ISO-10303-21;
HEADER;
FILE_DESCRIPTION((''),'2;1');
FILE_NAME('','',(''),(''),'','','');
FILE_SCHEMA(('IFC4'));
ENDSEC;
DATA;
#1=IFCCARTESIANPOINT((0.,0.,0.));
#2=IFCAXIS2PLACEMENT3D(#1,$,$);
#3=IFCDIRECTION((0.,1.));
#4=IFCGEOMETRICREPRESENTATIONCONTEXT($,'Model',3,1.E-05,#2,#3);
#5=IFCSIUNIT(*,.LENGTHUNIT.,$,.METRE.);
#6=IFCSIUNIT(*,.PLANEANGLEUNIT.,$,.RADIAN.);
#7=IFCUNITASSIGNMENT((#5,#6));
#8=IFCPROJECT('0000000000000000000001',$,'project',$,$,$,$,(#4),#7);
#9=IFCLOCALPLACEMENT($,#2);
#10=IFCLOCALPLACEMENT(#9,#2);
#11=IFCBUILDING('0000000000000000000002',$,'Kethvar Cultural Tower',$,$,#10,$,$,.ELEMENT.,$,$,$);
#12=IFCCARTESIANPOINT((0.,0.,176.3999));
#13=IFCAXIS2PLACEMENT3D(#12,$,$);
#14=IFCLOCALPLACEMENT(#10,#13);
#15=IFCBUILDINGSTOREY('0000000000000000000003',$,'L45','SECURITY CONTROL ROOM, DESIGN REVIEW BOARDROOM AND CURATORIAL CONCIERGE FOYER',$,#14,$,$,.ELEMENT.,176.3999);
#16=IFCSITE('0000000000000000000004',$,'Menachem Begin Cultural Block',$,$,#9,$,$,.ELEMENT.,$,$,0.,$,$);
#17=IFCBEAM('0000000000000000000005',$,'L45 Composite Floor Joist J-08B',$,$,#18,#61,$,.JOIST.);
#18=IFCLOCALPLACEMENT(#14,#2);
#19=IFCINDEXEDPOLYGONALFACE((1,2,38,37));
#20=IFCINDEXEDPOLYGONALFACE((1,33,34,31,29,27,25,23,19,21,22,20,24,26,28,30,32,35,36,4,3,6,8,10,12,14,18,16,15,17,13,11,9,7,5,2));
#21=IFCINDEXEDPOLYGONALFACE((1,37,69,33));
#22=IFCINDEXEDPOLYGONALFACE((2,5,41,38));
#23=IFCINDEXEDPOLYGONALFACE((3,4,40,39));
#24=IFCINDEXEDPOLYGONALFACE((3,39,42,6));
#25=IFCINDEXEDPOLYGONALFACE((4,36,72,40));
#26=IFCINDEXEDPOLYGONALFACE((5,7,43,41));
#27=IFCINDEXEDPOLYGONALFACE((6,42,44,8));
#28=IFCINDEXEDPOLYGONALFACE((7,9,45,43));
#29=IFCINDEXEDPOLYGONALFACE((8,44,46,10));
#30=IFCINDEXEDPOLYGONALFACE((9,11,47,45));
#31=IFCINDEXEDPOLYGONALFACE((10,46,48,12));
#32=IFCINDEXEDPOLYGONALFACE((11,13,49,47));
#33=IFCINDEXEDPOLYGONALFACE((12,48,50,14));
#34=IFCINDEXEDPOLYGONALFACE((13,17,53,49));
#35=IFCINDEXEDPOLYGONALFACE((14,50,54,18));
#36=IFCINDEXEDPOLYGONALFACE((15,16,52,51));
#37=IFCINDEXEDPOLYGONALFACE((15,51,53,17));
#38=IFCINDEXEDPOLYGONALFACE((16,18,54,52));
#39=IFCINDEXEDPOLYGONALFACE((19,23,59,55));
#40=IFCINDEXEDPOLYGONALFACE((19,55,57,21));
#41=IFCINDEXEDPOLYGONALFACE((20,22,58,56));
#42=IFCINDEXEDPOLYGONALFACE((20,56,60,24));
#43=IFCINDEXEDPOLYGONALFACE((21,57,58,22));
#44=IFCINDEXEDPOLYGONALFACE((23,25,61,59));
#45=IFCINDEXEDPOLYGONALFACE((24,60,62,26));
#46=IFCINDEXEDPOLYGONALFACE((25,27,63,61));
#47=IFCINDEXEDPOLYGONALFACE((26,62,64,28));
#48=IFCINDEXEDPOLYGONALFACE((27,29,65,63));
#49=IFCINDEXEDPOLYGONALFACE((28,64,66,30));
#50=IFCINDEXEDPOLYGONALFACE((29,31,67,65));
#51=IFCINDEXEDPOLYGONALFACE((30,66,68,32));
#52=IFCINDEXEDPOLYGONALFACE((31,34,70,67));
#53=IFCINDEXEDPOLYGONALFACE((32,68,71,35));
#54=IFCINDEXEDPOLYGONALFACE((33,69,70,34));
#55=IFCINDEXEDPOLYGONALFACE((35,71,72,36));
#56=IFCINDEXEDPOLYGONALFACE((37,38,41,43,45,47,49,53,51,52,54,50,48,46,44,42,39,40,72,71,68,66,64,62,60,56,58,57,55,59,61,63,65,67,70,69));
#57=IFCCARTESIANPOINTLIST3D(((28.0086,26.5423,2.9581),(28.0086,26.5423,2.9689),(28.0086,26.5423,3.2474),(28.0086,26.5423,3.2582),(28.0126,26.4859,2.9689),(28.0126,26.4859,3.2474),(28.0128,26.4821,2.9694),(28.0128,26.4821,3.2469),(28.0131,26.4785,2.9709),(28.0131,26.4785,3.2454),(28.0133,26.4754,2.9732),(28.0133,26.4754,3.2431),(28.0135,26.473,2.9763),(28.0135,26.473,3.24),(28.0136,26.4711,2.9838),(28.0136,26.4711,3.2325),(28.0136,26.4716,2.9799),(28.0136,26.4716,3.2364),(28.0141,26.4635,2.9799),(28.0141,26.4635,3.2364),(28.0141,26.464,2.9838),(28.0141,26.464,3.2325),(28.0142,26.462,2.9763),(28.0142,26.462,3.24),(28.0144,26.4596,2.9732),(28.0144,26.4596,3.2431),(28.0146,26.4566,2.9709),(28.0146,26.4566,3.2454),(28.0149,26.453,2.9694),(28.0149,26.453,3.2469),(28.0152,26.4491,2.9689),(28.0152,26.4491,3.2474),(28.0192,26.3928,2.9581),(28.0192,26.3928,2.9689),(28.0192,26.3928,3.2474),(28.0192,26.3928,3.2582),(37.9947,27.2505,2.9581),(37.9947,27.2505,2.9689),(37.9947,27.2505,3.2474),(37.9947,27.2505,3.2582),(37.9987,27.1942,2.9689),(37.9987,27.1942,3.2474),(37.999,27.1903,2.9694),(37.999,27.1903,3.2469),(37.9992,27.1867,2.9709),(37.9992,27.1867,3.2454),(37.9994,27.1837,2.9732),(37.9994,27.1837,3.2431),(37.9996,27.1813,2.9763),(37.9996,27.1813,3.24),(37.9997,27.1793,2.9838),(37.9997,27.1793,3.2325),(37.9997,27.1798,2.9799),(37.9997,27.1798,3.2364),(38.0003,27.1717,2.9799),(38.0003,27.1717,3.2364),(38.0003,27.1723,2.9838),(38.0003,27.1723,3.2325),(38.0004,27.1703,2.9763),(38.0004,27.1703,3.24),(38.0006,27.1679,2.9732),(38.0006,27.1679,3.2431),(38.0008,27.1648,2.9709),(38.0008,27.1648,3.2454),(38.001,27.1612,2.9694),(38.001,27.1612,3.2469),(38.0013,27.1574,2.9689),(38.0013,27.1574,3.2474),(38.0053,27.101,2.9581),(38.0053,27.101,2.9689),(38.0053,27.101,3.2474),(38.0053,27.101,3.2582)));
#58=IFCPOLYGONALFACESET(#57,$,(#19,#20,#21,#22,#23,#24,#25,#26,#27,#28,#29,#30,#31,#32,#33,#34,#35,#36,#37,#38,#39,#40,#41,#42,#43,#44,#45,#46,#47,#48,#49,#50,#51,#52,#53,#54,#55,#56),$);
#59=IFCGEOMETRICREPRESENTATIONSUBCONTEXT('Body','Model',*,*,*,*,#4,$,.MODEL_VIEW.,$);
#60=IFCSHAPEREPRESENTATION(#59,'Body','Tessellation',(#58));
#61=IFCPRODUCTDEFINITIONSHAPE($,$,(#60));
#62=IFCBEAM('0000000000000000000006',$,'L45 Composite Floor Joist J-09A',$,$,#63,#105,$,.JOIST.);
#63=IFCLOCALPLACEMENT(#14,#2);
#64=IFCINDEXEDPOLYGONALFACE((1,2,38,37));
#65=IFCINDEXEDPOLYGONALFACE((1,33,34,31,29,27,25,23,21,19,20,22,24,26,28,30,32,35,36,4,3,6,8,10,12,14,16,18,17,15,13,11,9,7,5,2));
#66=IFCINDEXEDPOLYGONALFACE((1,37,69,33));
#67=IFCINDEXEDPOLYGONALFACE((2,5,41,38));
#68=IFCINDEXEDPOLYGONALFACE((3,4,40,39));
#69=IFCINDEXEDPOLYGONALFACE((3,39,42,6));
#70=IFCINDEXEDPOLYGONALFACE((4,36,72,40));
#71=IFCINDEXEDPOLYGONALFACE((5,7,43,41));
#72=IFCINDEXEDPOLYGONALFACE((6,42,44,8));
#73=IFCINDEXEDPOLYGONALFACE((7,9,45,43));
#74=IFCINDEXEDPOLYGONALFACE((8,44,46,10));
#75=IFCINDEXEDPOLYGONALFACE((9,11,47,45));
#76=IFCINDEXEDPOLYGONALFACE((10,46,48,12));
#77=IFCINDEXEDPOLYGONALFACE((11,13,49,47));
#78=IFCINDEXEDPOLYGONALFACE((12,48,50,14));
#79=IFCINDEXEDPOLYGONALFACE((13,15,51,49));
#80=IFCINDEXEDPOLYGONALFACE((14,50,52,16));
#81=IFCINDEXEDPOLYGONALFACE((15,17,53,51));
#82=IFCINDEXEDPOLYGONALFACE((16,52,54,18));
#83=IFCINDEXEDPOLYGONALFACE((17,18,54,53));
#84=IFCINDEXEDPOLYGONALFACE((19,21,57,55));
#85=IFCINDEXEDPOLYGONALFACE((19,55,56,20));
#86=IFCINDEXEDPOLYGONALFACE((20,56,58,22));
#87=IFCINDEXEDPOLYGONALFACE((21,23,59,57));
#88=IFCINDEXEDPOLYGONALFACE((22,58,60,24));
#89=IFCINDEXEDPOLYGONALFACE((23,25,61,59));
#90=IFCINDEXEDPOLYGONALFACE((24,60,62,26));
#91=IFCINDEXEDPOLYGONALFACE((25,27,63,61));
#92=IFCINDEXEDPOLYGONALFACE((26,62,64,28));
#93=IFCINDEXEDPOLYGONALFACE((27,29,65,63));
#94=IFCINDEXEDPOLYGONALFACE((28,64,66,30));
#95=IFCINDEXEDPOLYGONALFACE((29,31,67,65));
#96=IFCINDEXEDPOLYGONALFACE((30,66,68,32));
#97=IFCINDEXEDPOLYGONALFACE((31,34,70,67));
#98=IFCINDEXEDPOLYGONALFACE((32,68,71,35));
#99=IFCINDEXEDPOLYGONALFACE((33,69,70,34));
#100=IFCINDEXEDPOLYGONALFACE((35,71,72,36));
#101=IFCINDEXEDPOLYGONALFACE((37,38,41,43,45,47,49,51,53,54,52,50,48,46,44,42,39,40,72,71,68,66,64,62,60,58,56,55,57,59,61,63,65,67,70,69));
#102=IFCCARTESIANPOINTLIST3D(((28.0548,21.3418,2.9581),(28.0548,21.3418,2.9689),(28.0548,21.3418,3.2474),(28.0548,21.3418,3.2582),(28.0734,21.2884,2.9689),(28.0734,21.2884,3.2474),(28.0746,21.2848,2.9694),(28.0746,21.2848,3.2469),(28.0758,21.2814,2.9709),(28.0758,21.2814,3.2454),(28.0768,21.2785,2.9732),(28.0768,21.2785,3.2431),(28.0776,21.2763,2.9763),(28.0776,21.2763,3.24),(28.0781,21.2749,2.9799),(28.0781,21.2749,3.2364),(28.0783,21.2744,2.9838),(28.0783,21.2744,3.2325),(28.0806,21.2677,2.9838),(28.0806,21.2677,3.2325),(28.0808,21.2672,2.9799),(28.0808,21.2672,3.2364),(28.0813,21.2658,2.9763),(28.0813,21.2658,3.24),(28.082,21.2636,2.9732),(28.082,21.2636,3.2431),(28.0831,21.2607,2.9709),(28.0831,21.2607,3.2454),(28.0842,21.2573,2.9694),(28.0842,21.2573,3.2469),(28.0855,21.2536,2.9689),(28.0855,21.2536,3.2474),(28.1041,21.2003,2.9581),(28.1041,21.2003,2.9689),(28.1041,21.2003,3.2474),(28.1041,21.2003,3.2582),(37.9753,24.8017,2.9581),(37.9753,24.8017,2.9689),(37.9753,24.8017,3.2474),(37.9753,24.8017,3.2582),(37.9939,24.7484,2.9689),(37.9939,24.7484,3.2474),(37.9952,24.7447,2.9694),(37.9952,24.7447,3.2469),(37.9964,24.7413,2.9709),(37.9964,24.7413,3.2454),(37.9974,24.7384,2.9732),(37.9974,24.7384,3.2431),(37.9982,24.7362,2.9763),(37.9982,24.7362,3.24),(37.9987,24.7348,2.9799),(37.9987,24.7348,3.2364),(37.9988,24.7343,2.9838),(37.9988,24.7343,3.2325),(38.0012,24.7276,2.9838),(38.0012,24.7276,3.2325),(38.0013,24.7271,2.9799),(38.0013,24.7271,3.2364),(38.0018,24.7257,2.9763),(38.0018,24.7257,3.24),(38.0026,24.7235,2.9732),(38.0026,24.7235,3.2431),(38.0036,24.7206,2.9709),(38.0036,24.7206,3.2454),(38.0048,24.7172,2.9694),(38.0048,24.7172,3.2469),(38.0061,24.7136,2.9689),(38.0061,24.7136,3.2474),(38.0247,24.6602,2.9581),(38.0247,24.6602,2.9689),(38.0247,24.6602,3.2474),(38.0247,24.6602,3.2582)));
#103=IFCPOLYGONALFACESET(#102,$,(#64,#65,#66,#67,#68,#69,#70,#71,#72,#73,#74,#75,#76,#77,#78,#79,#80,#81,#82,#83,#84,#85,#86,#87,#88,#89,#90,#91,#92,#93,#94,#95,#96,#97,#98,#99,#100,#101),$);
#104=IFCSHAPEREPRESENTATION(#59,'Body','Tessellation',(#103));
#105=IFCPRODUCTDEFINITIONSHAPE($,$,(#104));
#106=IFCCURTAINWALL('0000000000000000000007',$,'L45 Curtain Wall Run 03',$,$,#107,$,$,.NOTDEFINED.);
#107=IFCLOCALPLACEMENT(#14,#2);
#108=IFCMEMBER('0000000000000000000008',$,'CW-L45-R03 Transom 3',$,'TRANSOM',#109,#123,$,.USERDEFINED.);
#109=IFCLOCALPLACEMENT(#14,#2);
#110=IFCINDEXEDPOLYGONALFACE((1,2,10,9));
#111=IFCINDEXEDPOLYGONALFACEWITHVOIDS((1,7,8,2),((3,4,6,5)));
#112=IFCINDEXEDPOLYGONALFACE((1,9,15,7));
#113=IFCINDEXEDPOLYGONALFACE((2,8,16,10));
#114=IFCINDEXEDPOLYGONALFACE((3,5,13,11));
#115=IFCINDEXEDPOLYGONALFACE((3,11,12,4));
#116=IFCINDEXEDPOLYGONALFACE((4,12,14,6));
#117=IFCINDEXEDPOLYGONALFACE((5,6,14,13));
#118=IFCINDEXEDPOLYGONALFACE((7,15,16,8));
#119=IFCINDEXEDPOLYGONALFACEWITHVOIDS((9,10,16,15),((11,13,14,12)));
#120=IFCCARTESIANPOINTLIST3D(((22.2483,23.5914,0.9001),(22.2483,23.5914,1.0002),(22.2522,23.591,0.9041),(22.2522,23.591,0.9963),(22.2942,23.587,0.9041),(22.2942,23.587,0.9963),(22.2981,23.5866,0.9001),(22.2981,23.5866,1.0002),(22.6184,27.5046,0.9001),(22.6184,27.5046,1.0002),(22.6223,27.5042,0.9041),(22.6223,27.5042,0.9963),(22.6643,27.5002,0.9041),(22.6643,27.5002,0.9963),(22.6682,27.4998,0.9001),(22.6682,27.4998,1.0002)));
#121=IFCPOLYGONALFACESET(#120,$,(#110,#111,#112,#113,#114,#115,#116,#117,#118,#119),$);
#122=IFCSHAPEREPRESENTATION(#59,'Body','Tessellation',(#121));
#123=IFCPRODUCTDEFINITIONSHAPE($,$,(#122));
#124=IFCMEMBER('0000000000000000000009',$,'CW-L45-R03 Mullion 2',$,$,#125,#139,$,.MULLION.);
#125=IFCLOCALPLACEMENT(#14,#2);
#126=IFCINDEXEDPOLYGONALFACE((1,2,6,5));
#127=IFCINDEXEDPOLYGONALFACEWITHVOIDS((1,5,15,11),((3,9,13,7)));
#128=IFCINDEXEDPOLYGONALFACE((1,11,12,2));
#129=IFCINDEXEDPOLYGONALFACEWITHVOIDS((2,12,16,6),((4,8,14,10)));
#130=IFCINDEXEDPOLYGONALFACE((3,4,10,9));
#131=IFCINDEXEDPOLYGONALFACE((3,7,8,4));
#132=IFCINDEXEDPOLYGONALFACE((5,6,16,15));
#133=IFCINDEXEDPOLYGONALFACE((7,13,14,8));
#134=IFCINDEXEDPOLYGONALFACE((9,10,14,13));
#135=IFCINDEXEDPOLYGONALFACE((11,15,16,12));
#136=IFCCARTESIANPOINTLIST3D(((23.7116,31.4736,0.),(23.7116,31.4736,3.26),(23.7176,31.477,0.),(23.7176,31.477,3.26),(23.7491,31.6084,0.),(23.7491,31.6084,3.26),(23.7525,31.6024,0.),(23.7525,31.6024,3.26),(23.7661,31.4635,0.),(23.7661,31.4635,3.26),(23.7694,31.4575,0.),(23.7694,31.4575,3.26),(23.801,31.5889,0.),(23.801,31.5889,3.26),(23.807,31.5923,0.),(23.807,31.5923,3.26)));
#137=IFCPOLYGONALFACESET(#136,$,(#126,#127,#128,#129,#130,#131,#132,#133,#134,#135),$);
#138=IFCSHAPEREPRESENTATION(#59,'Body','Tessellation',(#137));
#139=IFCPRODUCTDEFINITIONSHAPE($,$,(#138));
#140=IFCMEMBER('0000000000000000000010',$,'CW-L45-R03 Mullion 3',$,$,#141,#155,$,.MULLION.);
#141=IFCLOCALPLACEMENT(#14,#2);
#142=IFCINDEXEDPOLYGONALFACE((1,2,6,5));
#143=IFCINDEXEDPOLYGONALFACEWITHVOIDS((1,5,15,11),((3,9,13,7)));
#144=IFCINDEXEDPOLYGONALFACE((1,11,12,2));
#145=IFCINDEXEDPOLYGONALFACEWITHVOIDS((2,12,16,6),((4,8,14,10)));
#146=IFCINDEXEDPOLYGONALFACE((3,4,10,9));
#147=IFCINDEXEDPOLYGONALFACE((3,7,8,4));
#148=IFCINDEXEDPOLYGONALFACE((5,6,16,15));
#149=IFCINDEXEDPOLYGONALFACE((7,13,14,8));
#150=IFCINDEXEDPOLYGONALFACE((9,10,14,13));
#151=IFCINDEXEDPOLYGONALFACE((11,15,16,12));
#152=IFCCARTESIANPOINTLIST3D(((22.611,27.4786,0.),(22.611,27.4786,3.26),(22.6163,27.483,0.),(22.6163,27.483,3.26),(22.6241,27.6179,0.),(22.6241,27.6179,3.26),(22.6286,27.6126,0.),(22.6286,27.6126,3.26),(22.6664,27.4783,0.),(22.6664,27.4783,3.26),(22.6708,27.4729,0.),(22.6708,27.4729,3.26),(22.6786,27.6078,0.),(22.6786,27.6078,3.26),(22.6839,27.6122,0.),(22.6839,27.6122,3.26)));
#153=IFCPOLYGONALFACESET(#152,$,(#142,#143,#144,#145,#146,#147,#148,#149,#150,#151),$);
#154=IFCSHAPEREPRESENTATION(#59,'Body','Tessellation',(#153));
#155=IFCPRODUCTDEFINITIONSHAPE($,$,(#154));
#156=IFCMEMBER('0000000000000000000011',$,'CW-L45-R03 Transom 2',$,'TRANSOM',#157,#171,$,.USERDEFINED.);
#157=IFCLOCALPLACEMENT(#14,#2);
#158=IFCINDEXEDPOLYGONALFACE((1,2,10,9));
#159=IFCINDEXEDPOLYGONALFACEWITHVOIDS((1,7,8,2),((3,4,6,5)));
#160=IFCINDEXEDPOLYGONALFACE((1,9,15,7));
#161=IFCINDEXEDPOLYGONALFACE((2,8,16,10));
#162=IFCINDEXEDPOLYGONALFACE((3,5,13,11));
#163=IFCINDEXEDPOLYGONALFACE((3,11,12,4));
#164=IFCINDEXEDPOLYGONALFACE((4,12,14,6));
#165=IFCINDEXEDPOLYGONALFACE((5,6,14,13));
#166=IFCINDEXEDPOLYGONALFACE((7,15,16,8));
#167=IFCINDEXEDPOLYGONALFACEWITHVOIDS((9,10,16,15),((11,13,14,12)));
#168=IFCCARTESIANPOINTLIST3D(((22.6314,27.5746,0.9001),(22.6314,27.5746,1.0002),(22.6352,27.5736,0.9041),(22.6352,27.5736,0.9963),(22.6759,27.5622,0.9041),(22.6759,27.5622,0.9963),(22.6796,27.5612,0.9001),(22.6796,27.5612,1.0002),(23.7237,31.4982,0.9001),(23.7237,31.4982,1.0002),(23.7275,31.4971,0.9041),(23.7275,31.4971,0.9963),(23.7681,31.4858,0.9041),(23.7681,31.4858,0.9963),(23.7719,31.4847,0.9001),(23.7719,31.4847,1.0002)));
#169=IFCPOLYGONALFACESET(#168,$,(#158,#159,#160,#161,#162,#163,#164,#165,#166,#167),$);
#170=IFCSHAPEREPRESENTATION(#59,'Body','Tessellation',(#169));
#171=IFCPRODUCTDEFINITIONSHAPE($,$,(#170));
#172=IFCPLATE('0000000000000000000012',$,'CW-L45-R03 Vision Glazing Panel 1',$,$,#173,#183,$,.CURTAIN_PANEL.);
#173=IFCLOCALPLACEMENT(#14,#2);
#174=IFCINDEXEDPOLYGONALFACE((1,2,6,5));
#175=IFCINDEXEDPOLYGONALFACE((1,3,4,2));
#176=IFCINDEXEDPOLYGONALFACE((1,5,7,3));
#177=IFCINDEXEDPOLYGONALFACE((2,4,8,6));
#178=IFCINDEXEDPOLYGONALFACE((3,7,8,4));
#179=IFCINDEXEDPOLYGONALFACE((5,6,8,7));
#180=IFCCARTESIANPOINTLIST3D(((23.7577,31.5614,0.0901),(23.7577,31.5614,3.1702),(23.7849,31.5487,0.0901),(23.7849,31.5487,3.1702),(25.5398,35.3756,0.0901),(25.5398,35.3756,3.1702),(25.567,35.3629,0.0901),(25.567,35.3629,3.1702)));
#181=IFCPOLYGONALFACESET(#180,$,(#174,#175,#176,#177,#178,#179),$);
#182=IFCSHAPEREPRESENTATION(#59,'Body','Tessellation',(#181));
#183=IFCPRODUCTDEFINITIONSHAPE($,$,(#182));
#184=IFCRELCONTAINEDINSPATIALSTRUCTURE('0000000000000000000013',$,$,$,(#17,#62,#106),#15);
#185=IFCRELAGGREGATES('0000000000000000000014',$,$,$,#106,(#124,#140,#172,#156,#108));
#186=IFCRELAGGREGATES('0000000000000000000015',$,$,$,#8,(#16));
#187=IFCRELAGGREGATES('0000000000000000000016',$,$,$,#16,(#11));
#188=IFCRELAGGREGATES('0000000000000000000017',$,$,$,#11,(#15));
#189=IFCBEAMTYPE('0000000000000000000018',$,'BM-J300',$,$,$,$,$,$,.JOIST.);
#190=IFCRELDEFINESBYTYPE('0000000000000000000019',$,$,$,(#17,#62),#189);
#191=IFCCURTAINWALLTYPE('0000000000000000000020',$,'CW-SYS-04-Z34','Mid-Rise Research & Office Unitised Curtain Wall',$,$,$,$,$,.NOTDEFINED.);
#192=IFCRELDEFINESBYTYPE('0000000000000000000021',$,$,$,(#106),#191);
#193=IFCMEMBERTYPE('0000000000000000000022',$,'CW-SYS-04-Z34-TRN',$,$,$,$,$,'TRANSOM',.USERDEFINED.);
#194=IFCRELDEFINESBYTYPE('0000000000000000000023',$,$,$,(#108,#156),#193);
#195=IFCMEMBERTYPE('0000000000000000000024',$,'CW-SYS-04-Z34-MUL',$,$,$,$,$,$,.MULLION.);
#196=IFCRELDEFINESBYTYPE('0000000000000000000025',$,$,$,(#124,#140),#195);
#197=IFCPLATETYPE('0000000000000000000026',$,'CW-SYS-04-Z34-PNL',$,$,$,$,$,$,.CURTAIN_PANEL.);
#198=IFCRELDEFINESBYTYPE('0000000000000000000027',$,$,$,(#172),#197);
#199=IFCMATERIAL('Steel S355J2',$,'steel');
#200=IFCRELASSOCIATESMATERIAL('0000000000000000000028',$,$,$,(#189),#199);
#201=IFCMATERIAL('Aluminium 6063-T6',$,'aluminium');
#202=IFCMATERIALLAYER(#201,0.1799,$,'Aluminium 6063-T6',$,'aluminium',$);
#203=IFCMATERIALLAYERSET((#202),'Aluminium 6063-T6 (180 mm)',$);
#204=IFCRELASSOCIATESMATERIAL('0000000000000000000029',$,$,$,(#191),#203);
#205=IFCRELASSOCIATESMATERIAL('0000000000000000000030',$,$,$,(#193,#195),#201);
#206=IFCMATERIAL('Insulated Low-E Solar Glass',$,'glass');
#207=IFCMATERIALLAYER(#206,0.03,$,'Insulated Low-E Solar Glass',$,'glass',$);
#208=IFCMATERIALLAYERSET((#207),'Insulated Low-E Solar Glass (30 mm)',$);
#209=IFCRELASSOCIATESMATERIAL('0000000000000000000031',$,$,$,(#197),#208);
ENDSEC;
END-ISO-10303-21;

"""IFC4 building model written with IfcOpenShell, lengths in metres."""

from ifc_helpers import new_model, si_unit, direction, frame, origin, origin_2d, place, context, subcontext, project, spatial, rectangle, hollow_rectangle, i_section, extrude, source, transform, mapped, material, layer, layer_set, material_profile, profile_set, type_object, element, aggregate, save


model = new_model("IFC4")

# Units and contexts
model_context = context("Model", 3, precision=1e-05, world=origin(), true_north=direction((0.0, 1.0)))
body_context = subcontext(model_context, "Body", "Model", "MODEL_VIEW")
ifc_project = project(units=[si_unit("LENGTHUNIT", "METRE"), si_unit("PLANEANGLEUNIT", "RADIAN")], contexts=[model_context])

# Site, building, storey
site_placement = place(None, origin())
site = spatial("IfcSite", under=ifc_project, at=site_placement, Name="Menachem Begin Cultural Block", CompositionType="ELEMENT", RefElevation=0.0)
building_placement = place(site_placement, origin())
building = spatial("IfcBuilding", under=site, at=building_placement, Name="Kethvar Cultural Tower", CompositionType="ELEMENT")
storey_placement = place(building_placement, frame((0.0, 0.0, 176.3999)))
storey = spatial("IfcBuildingStorey", under=building, at=storey_placement, Name="L45", Description="SECURITY CONTROL ROOM, DESIGN REVIEW BOARDROOM AND CURATORIAL CONCIERGE FOYER", CompositionType="ELEMENT", Elevation=176.3999)

# Beams
ifc_material_1 = material(Name="Steel S355J2", Category="steel")
ifc_material_profile_1 = material_profile(ifc_material_1, i_section(OverallWidth=0.1499, OverallDepth=0.3, WebThickness=0.0071, FlangeThickness=0.0107, FilletRadius=0.0149, at=origin_2d()), Name="Steel S355J2 — IPE300")
ifc_profile_set_1 = profile_set([ifc_material_profile_1], Name="Steel S355J2 — IPE300")
beam_type_1 = type_object("IfcBeamType", Name="BM-J300", PredefinedType="JOIST", material=ifc_profile_set_1)
shared_shape_1 = source(origin(), body_context, "Body", "SweptSolid", [
    extrude(i_section(OverallWidth=0.1499, OverallDepth=0.3, WebThickness=0.0071, FlangeThickness=0.0107, FilletRadius=0.0149, at=origin_2d()), origin(), (0.0, 0.0, 1.0), 10.0112),
])
beam_1_placement = place(storey_placement, frame((38.0, 27.1758, 3.1082), z_axis=(-0.997494, -0.070746, 0.0), x_axis=(0.070746, -0.997494, 0.0)))
element("IfcBeam", 1, at=beam_1_placement, inside=storey, type_object=beam_type_1, Name="L45 Composite Floor Joist J-08B", PredefinedType="JOIST", context=body_context, shape_type="MappedRepresentation", body=[
    mapped(shared_shape_1, transform((0.0, 0.0, 0.0), scale=1.0)),
])
shared_shape_2 = source(origin(), body_context, "Body", "SweptSolid", [
    extrude(i_section(OverallWidth=0.1499, OverallDepth=0.3, WebThickness=0.0071, FlangeThickness=0.0107, FilletRadius=0.0149, at=origin_2d()), origin(), (0.0, 0.0, 1.0), 10.5066),
])
beam_2_placement = place(storey_placement, frame((38.0, 24.731, 3.1082), z_axis=(-0.944222, -0.32931, 0.0), x_axis=(0.32931, -0.944222, 0.0)))
element("IfcBeam", 2, at=beam_2_placement, inside=storey, type_object=beam_type_1, Name="L45 Composite Floor Joist J-09A", PredefinedType="JOIST", context=body_context, shape_type="MappedRepresentation", body=[
    mapped(shared_shape_2, transform((0.0, 0.0, 0.0), scale=1.0)),
])

# Curtain wall, members, plate
ifc_material_2 = material(Name="Aluminium 6063-T6", Category="aluminium")
ifc_layer_1 = layer(ifc_material_2, 0.1799, Name="Aluminium 6063-T6", Category="aluminium")
ifc_layer_set_1 = layer_set([ifc_layer_1], Name="Aluminium 6063-T6 (180 mm)")
curtain_wall_type = type_object("IfcCurtainWallType", Name="CW-SYS-04-Z34", Description="Mid-Rise Research & Office Unitised Curtain Wall", PredefinedType="NOTDEFINED", material=ifc_layer_set_1)
curtain_wall_placement = place(storey_placement, origin())
curtain_wall = element("IfcCurtainWall", 3, at=curtain_wall_placement, inside=storey, type_object=curtain_wall_type, Name="L45 Curtain Wall Run 03", PredefinedType="NOTDEFINED")
ifc_material_profile_2 = material_profile(ifc_material_2, hollow_rectangle(XDim=0.05, YDim=0.1001, WallThickness=0.0039, at=origin_2d()), Name="Aluminium 6063-T6 — RHS100x50x4")
ifc_profile_set_2 = profile_set([ifc_material_profile_2], Name="Aluminium 6063-T6 — RHS100x50x4")
member_type_1 = type_object("IfcMemberType", Name="CW-SYS-04-Z34-TRN", ElementType="TRANSOM", PredefinedType="USERDEFINED", material=ifc_profile_set_2)
shared_shape_3 = source(origin(), body_context, "Body", "SweptSolid", [
    extrude(hollow_rectangle(XDim=0.05, YDim=0.1001, WallThickness=0.0039, at=origin_2d()), origin(), (0.0, 0.0, 1.0), 3.9307),
])
member_1_placement = place(storey_placement, frame((22.6433, 27.5022, 0.9502), z_axis=(-0.094164, -0.995557, 0.0), x_axis=(0.995557, -0.094164, 0.0)))
member_1 = element("IfcMember", 4, at=member_1_placement, type_object=member_type_1, Name="CW-L45-R03 Transom 3", ObjectType="TRANSOM", PredefinedType="USERDEFINED", context=body_context, shape_type="MappedRepresentation", body=[
    mapped(shared_shape_3, transform((0.0, 0.0, 0.0), scale=1.0)),
])
ifc_material_profile_3 = material_profile(ifc_material_2, hollow_rectangle(XDim=0.0601, YDim=0.1399, WallThickness=0.0049, at=origin_2d()), Name="Aluminium 6063-T6 — RHS140x60x5")
ifc_profile_set_3 = profile_set([ifc_material_profile_3], Name="Aluminium 6063-T6 — RHS140x60x5")
member_type_2 = type_object("IfcMemberType", Name="CW-SYS-04-Z34-MUL", PredefinedType="MULLION", material=ifc_profile_set_3)
shared_shape_4 = source(origin(), body_context, "Body", "SweptSolid", [
    extrude(hollow_rectangle(XDim=0.0601, YDim=0.1399, WallThickness=0.0049, at=origin_2d()), origin(), (0.0, 0.0, 1.0), 3.26),
])
member_2_placement = place(storey_placement, frame((23.7593, 31.533, 0.0), z_axis=(0.0, 0.0, 1.0), x_axis=(0.963369, -0.26818, 0.0)))
member_2 = element("IfcMember", 5, at=member_2_placement, type_object=member_type_2, Name="CW-L45-R03 Mullion 2", PredefinedType="MULLION", context=body_context, shape_type="MappedRepresentation", body=[
    mapped(shared_shape_4, transform((0.0, 0.0, 0.0), scale=1.0)),
])
member_3_placement = place(storey_placement, frame((22.6475, 27.5454, 0.0), z_axis=(0.0, 0.0, 1.0), x_axis=(0.995559, -0.094143, 0.0)))
member_3 = element("IfcMember", 6, at=member_3_placement, type_object=member_type_2, Name="CW-L45-R03 Mullion 3", PredefinedType="MULLION", context=body_context, shape_type="MappedRepresentation", body=[
    mapped(shared_shape_4, transform((0.0, 0.0, 0.0), scale=1.0)),
])
shared_shape_5 = source(origin(), body_context, "Body", "SweptSolid", [
    extrude(hollow_rectangle(XDim=0.05, YDim=0.1001, WallThickness=0.0039, at=origin_2d()), origin(), (0.0, 0.0, 1.0), 4.0728),
])
member_4_placement = place(storey_placement, frame((23.7478, 31.4915, 0.9502), z_axis=(-0.268191, -0.963366, 0.0), x_axis=(0.963366, -0.268191, 0.0)))
member_4 = element("IfcMember", 7, at=member_4_placement, type_object=member_type_1, Name="CW-L45-R03 Transom 2", ObjectType="TRANSOM", PredefinedType="USERDEFINED", context=body_context, shape_type="MappedRepresentation", body=[
    mapped(shared_shape_5, transform((0.0, 0.0, 0.0), scale=1.0)),
])
ifc_material_3 = material(Name="Insulated Low-E Solar Glass", Category="glass")
ifc_layer_2 = layer(ifc_material_3, 0.03, Name="Insulated Low-E Solar Glass", Category="glass")
ifc_layer_set_2 = layer_set([ifc_layer_2], Name="Insulated Low-E Solar Glass (30 mm)")
plate_type = type_object("IfcPlateType", Name="CW-SYS-04-Z34-PNL", PredefinedType="CURTAIN_PANEL", material=ifc_layer_set_2)
shared_shape_6 = source(origin(), body_context, "Body", "SweptSolid", [
    extrude(rectangle(XDim=4.21, YDim=0.03, at=origin_2d()), origin(), (0.0, 0.0, 1.0), 3.0801),
])
plate_1_placement = place(storey_placement, frame((24.6624, 33.4622, 0.0901), z_axis=(0.0, 0.0, 1.0), x_axis=(-0.423314, -0.905983, 0.0)))
plate_1 = element("IfcPlate", 8, at=plate_1_placement, type_object=plate_type, Name="CW-L45-R03 Vision Glazing Panel 1", PredefinedType="CURTAIN_PANEL", context=body_context, shape_type="MappedRepresentation", body=[
    mapped(shared_shape_6, transform((0.0, 0.0, 0.0), scale=1.0)),
])
aggregate(curtain_wall, [member_2, member_3, plate_1, member_4, member_1])

save(model, "model.ifc")
